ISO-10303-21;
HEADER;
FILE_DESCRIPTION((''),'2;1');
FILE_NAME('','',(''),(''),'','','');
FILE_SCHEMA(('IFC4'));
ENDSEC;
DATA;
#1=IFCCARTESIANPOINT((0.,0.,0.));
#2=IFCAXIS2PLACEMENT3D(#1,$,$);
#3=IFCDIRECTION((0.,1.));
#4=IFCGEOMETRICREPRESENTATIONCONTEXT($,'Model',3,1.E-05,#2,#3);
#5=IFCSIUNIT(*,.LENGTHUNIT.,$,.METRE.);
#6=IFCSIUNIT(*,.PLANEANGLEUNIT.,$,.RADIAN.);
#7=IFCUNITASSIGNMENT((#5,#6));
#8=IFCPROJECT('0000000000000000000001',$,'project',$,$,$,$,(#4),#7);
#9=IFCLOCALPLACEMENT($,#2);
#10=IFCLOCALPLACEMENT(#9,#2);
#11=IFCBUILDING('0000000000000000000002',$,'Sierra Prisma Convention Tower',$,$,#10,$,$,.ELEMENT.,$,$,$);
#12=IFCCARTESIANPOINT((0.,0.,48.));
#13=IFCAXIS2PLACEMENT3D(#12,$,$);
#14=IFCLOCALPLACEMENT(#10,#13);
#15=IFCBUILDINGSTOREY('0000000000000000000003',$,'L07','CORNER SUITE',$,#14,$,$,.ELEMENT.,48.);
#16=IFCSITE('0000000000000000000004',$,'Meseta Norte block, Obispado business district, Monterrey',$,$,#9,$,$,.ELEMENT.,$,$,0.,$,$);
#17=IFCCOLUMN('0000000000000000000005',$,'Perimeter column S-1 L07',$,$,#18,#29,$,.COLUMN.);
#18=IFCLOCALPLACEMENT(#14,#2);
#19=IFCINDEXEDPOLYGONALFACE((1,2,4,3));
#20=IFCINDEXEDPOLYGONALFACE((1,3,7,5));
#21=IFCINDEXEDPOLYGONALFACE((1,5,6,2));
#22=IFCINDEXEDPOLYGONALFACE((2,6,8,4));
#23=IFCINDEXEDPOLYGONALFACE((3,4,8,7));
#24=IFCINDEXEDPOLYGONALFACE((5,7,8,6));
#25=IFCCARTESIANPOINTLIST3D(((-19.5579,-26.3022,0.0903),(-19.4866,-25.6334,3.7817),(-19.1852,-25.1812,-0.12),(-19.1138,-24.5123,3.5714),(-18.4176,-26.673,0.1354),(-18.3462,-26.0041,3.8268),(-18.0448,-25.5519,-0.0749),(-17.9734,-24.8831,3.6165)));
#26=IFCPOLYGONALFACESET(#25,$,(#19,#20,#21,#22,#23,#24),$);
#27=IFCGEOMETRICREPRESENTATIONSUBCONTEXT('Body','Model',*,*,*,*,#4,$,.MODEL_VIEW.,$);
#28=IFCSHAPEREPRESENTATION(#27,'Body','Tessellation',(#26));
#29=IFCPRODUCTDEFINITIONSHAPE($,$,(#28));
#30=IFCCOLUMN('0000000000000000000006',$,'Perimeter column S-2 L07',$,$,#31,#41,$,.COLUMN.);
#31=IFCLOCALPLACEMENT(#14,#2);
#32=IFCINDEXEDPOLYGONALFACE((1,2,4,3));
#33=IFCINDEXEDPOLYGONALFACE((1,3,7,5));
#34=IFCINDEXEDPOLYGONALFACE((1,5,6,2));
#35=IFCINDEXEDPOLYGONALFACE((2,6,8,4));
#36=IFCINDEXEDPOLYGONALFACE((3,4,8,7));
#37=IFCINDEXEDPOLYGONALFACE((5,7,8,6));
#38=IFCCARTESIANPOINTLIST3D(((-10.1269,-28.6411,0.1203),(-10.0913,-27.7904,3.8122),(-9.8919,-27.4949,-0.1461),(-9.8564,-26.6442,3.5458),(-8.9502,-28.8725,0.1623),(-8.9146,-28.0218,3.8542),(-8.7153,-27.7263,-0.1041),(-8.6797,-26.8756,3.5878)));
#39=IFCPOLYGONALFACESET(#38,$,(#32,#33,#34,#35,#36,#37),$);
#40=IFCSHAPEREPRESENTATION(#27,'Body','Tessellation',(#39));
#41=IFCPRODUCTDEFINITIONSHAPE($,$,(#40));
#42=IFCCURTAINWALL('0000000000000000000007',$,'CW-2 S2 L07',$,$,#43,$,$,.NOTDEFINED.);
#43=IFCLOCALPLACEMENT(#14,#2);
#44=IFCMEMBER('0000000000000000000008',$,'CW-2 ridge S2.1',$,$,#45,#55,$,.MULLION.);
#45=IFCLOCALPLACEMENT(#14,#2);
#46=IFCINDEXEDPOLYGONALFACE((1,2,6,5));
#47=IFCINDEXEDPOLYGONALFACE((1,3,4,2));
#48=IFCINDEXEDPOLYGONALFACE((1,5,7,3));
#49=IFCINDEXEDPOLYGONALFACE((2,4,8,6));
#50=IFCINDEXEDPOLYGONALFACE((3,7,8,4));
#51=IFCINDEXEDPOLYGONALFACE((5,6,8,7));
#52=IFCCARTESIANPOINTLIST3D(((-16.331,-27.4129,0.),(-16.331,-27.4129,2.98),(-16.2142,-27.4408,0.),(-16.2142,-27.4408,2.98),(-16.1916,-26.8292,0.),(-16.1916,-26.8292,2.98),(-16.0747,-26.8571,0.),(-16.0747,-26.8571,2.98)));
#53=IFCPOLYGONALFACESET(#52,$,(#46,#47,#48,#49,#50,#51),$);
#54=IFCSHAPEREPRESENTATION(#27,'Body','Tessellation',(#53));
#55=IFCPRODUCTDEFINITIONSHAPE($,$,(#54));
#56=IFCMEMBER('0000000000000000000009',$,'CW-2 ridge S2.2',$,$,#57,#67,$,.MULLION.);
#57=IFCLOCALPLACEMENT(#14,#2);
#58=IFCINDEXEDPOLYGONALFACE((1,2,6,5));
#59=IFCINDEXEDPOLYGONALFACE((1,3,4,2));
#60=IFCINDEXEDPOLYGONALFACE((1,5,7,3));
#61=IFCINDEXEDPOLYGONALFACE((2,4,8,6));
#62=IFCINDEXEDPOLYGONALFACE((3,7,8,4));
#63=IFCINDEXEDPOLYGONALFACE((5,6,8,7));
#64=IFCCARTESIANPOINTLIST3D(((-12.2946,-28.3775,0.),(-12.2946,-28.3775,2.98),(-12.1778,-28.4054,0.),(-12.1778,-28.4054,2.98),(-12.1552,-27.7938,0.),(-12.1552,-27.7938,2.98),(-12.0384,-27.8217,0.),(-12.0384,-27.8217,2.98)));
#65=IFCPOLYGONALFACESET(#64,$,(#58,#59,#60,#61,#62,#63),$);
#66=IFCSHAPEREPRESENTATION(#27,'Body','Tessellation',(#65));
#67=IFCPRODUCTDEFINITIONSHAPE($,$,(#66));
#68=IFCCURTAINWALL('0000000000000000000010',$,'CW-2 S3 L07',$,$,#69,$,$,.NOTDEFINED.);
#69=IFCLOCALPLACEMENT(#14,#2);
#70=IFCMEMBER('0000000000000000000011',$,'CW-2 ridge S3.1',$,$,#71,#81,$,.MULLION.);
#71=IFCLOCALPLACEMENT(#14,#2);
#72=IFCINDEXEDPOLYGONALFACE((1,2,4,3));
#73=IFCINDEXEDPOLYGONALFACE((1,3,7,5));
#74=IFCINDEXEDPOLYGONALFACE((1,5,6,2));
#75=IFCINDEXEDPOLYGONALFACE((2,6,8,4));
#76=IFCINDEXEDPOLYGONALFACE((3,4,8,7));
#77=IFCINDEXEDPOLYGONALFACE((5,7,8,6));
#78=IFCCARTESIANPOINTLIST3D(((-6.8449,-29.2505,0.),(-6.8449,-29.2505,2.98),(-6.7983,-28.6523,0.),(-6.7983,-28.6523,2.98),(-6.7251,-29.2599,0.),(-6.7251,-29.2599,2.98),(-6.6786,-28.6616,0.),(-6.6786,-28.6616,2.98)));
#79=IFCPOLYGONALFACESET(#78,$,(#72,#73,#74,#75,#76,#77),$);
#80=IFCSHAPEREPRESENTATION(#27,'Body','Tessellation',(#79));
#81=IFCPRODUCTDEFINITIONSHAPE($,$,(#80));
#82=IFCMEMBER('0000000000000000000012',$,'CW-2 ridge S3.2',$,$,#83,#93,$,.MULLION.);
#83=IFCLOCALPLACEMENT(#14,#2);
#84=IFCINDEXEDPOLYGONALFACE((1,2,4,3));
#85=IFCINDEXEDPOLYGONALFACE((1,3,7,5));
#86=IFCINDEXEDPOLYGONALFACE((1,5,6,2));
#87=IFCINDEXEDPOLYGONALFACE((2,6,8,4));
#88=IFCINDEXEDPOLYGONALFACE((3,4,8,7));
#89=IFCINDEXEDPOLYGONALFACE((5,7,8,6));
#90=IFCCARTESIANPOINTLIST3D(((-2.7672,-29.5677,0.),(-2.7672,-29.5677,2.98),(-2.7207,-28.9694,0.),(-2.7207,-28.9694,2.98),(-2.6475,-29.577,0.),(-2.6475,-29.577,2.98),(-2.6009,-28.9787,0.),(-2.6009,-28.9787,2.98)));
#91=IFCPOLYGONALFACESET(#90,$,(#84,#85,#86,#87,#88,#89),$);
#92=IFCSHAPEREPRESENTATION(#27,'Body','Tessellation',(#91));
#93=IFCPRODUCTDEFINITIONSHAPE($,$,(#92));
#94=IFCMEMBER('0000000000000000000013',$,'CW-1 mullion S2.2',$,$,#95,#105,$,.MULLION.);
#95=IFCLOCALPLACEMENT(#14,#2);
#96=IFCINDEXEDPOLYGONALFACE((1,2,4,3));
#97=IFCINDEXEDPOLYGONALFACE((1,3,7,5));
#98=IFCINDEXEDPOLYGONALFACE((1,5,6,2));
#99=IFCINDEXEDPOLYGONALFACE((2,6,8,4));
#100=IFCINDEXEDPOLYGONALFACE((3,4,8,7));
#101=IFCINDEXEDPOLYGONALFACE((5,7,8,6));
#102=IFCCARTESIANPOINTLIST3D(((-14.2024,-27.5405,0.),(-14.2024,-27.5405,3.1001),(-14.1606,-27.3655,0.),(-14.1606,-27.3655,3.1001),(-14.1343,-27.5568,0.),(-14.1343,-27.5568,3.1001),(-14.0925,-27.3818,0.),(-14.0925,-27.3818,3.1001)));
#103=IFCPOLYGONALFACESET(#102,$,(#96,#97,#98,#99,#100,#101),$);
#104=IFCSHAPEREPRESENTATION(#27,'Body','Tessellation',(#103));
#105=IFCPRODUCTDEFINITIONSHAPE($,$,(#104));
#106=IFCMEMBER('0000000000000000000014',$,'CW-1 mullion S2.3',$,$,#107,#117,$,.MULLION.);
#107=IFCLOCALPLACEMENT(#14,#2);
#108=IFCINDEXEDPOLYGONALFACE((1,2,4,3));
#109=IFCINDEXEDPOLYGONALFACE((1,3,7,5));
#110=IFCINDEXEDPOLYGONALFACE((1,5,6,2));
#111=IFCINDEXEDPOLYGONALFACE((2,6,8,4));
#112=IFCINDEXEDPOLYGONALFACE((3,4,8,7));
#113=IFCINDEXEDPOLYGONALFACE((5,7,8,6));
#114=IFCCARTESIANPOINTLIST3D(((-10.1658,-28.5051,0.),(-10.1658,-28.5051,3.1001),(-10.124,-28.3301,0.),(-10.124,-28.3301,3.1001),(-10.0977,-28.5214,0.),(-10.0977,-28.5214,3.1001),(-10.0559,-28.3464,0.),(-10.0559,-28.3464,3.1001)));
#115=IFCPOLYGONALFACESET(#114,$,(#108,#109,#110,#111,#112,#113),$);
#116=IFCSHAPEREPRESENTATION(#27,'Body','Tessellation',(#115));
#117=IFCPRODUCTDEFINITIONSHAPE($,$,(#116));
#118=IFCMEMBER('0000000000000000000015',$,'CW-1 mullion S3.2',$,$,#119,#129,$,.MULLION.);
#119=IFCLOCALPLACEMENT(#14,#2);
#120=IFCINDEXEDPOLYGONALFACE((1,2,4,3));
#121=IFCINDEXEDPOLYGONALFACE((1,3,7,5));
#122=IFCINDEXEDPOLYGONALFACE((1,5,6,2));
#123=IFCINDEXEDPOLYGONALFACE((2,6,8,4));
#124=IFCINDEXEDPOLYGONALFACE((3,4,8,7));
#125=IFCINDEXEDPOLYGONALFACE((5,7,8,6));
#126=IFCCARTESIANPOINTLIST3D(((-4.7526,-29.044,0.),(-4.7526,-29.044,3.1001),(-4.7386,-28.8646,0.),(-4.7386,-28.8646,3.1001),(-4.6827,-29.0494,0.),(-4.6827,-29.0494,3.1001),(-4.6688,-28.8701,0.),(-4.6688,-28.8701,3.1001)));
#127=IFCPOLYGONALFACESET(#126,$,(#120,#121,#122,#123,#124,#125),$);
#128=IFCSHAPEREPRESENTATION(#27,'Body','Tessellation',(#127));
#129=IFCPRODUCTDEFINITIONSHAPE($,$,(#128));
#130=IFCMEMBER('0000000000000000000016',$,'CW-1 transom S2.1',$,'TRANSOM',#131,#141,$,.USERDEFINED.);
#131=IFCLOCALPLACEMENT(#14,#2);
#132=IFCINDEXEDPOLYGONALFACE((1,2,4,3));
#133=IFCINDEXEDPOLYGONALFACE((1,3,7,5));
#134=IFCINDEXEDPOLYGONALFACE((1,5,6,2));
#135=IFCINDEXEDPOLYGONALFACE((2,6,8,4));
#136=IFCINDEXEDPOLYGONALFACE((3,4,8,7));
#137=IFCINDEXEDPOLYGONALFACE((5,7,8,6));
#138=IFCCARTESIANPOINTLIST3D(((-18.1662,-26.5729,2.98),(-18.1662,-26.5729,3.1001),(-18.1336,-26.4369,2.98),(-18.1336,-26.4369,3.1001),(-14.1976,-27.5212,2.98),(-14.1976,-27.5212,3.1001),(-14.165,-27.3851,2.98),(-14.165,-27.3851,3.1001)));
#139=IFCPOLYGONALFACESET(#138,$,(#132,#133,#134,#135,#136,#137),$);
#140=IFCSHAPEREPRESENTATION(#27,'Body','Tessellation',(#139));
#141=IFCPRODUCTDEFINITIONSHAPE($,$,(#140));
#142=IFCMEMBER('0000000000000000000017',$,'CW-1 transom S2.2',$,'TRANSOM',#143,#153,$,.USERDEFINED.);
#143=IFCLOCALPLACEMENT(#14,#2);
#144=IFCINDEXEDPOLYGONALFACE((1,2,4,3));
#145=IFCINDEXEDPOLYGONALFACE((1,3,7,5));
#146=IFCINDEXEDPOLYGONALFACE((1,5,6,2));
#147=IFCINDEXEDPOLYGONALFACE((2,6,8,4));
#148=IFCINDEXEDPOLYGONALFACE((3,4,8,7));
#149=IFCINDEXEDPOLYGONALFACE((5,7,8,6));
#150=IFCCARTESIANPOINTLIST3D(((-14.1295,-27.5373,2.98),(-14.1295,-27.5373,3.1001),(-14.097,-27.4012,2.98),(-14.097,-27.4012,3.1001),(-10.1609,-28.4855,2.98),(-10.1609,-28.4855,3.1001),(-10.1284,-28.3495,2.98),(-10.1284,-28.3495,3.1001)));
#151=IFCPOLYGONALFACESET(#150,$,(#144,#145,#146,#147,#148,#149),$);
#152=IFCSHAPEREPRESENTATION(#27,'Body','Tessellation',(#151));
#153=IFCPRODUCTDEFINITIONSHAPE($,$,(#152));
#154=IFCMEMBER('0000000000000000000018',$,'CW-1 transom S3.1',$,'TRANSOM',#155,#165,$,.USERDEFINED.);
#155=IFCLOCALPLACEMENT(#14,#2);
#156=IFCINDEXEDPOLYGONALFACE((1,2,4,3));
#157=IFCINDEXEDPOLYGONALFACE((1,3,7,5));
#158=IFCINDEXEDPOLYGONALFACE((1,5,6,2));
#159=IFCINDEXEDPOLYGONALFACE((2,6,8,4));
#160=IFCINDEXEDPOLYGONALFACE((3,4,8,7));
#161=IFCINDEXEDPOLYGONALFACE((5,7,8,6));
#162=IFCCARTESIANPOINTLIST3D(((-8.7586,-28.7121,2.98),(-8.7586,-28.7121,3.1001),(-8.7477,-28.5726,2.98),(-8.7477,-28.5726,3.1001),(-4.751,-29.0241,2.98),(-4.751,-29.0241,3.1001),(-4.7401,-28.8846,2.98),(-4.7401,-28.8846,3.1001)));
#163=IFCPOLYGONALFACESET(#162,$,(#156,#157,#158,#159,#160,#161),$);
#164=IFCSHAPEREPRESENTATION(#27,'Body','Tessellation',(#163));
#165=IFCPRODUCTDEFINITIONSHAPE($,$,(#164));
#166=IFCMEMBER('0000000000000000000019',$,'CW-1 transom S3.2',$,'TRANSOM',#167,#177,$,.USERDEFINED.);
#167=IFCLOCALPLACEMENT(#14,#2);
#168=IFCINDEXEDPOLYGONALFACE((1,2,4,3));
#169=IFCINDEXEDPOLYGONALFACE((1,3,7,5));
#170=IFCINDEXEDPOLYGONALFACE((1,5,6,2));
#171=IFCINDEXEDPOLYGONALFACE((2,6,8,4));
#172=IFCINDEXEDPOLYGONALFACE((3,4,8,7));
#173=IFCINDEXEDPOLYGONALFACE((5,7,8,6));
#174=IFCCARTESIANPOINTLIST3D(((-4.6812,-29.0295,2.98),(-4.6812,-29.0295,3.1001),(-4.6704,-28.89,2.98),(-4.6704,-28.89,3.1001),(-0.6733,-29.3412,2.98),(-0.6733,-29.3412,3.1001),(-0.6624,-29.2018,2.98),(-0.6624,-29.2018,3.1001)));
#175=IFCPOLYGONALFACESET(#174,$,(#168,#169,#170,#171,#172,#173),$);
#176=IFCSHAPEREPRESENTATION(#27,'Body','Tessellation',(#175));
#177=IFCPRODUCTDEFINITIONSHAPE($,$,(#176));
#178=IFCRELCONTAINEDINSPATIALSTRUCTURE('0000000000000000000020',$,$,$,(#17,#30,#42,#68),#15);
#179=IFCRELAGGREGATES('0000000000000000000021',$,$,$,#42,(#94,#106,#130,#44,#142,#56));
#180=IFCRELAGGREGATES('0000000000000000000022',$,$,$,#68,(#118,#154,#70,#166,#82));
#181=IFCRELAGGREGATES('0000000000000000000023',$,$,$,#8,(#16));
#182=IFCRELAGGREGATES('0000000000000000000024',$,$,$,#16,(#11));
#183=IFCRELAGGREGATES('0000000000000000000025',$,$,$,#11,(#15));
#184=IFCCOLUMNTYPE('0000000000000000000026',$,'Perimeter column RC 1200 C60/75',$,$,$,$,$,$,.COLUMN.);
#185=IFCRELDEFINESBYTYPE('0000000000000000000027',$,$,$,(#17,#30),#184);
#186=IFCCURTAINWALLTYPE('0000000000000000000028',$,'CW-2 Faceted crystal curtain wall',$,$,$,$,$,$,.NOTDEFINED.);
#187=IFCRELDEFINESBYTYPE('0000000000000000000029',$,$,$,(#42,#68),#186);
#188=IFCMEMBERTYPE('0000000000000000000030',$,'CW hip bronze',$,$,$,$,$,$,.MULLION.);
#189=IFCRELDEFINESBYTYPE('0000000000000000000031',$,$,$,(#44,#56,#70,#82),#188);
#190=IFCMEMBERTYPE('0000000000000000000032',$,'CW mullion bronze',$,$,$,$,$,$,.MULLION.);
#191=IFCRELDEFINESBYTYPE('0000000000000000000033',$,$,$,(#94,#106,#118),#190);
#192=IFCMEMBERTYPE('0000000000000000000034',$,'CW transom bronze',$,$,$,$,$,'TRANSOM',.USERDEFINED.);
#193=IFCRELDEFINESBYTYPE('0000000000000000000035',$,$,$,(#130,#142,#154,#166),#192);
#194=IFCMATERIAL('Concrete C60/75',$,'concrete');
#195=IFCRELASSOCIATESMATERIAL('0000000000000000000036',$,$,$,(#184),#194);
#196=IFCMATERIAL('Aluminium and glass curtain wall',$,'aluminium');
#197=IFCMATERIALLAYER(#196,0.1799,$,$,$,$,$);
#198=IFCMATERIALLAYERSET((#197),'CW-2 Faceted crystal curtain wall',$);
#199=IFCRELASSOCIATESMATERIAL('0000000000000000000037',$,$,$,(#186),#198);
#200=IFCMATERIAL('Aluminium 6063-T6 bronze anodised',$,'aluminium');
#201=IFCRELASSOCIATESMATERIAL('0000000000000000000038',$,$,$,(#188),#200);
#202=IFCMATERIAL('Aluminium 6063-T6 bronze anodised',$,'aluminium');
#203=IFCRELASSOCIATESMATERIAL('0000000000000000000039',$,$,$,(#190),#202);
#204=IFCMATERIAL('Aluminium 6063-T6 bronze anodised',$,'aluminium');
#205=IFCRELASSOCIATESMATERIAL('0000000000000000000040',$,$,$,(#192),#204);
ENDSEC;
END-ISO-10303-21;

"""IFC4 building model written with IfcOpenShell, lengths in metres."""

from ifc_helpers import new_model, si_unit, direction, frame, origin, origin_2d, place, context, subcontext, project, spatial, rectangle, extrude, clip, halfspace, material, layer, layer_set, material_profile, profile_set, type_object, element, aggregate, save


model = new_model("IFC4")

# Units and contexts
model_context = context("Model", 3, precision=1e-05, world=origin(), true_north=direction((0.0, 1.0)))
body_context = subcontext(model_context, "Body", "Model", "MODEL_VIEW")
ifc_project = project(units=[si_unit("LENGTHUNIT", "METRE"), si_unit("PLANEANGLEUNIT", "RADIAN")], contexts=[model_context])

# Site, building, storey
site_placement = place(None, origin())
site = spatial("IfcSite", under=ifc_project, at=site_placement, Name="Meseta Norte block, Obispado business district, Monterrey", CompositionType="ELEMENT", RefElevation=0.0)
building_placement = place(site_placement, origin())
building = spatial("IfcBuilding", under=site, at=building_placement, Name="Sierra Prisma Convention Tower", CompositionType="ELEMENT")
storey_placement = place(building_placement, frame((0.0, 0.0, 48.0)))
storey = spatial("IfcBuildingStorey", under=building, at=storey_placement, Name="L07", Description="CORNER SUITE", CompositionType="ELEMENT", Elevation=48.0)

# Columns
ifc_material_1 = material(Name="Concrete C60/75", Category="concrete")
ifc_material_profile_1 = material_profile(ifc_material_1, rectangle(XDim=1.2, YDim=1.2, at=origin_2d()), Name="Perimeter column RC 1200 C60/75")
ifc_profile_set_1 = profile_set([ifc_material_profile_1], Name="Concrete C60/75")
column_type = type_object("IfcColumnType", Name="Perimeter column RC 1200 C60/75", PredefinedType="COLUMN", material=ifc_profile_set_1)
column_1_placement = place(storey_placement, frame((-18.8015, -25.9285, 0.0), z_axis=(0.01902, 0.178259, 0.9838), x_axis=(-0.950332, 0.308956, -0.037608)))
element("IfcColumn", 1, at=column_1_placement, inside=storey, type_object=column_type, Name="Perimeter column S-1 L07", PredefinedType="COLUMN", context=body_context, shape_type="SweptSolid", body=[
    clip(clip(extrude(rectangle(XDim=1.2, YDim=1.2, at=origin_2d()), origin(), (0.0, 0.0, 1.0), 3.761), halfspace(frame((0.0, 0.0, 0.0078)), True)), halfspace(frame((0.0, 0.0, 3.76)), False)),
])
column_2_placement = place(storey_placement, frame((-9.4211, -28.1855, 0.0), z_axis=(0.009387, 0.224526, 0.974423), x_axis=(0.980606, -0.192843, 0.034988)))
element("IfcColumn", 2, at=column_2_placement, inside=storey, type_object=column_type, Name="Perimeter column S-2 L07", PredefinedType="COLUMN", context=body_context, shape_type="SweptSolid", body=[
    clip(extrude(rectangle(XDim=1.2, YDim=1.2, at=origin_2d()), origin(), (0.0, 0.0, 1.0), 3.7971), halfspace(frame((0.0, 0.0, 0.0083)), True)),
])

# Curtain walls, members
ifc_material_2 = material(Name="Aluminium and glass curtain wall", Category="aluminium")
ifc_layer_1 = layer(ifc_material_2, 0.1799)
ifc_layer_set_1 = layer_set([ifc_layer_1], Name="CW-2 Faceted crystal curtain wall")
curtain_wall_type = type_object("IfcCurtainWallType", Name="CW-2 Faceted crystal curtain wall", PredefinedType="NOTDEFINED", material=ifc_layer_set_1)
curtain_wall_1_placement = place(storey_placement, origin())
curtain_wall_1 = element("IfcCurtainWall", 3, at=curtain_wall_1_placement, inside=storey, type_object=curtain_wall_type, Name="CW-2 S2 L07", PredefinedType="NOTDEFINED")
ifc_material_3 = material(Name="Aluminium 6063-T6 bronze anodised", Category="aluminium")
ifc_material_profile_2 = material_profile(ifc_material_3, rectangle(XDim=0.1201, YDim=0.6001, at=origin_2d()), Name="ALU RIDGE BLADE 120x600")
ifc_profile_set_2 = profile_set([ifc_material_profile_2], Name="Aluminium 6063-T6 bronze anodised")
member_type_1 = type_object("IfcMemberType", Name="CW hip bronze", PredefinedType="MULLION", material=ifc_profile_set_2)
member_1_placement = place(storey_placement, frame((-16.2029, -27.135, 0.0), z_axis=(0.0, 0.0, 1.0), x_axis=(0.97262, -0.232401, 0.0)))
member_1 = element("IfcMember", 4, at=member_1_placement, type_object=member_type_1, Name="CW-2 ridge S2.1", PredefinedType="MULLION", context=body_context, shape_type="SweptSolid", body=[
    extrude(rectangle(XDim=0.1201, YDim=0.6001, at=origin_2d()), origin(), (0.0, 0.0, 1.0), 2.98),
])
member_2_placement = place(storey_placement, frame((-12.1665, -28.0996, 0.0), z_axis=(0.0, 0.0, 1.0), x_axis=(0.97262, -0.232401, 0.0)))
member_2 = element("IfcMember", 5, at=member_2_placement, type_object=member_type_1, Name="CW-2 ridge S2.2", PredefinedType="MULLION", context=body_context, shape_type="SweptSolid", body=[
    extrude(rectangle(XDim=0.1201, YDim=0.6001, at=origin_2d()), origin(), (0.0, 0.0, 1.0), 2.98),
])
curtain_wall_2_placement = place(storey_placement, origin())
curtain_wall_2 = element("IfcCurtainWall", 6, at=curtain_wall_2_placement, inside=storey, type_object=curtain_wall_type, Name="CW-2 S3 L07", PredefinedType="NOTDEFINED")
member_3_placement = place(storey_placement, frame((-6.7617, -28.9561, 0.0), z_axis=(0.0, 0.0, 1.0), x_axis=(0.996987, -0.077569, 0.0)))
member_3 = element("IfcMember", 7, at=member_3_placement, type_object=member_type_1, Name="CW-2 ridge S3.1", PredefinedType="MULLION", context=body_context, shape_type="SweptSolid", body=[
    extrude(rectangle(XDim=0.1201, YDim=0.6001, at=origin_2d()), origin(), (0.0, 0.0, 1.0), 2.98),
])
member_4_placement = place(storey_placement, frame((-2.6841, -29.2732, 0.0), z_axis=(0.0, 0.0, 1.0), x_axis=(0.996987, -0.077569, 0.0)))
member_4 = element("IfcMember", 8, at=member_4_placement, type_object=member_type_1, Name="CW-2 ridge S3.2", PredefinedType="MULLION", context=body_context, shape_type="SweptSolid", body=[
    extrude(rectangle(XDim=0.1201, YDim=0.6001, at=origin_2d()), origin(), (0.0, 0.0, 1.0), 2.98),
])

# Members
ifc_material_4 = material(Name="Aluminium 6063-T6 bronze anodised", Category="aluminium")
ifc_material_profile_3 = material_profile(ifc_material_4, rectangle(XDim=0.1799, YDim=0.0701, at=origin_2d()), Name="ALU MULLION 70x180")
ifc_profile_set_3 = profile_set([ifc_material_profile_3], Name="Aluminium 6063-T6 bronze anodised")
member_type_2 = type_object("IfcMemberType", Name="CW mullion bronze", PredefinedType="MULLION", material=ifc_profile_set_3)
member_5_placement = place(storey_placement, frame((-14.1475, -27.4612, 0.0), z_axis=(0.0, 0.0, 1.0), x_axis=(0.232401, 0.97262, 0.0)))
member_5 = element("IfcMember", 9, at=member_5_placement, type_object=member_type_2, Name="CW-1 mullion S2.2", PredefinedType="MULLION", context=body_context, shape_type="SweptSolid", body=[
    extrude(rectangle(XDim=0.1799, YDim=0.0701, at=origin_2d()), origin(), (0.0, 0.0, 1.0), 3.1001),
])
member_6_placement = place(storey_placement, frame((-10.1108, -28.4258, 0.0), z_axis=(0.0, 0.0, 1.0), x_axis=(0.232401, 0.97262, 0.0)))
member_6 = element("IfcMember", 10, at=member_6_placement, type_object=member_type_2, Name="CW-1 mullion S2.3", PredefinedType="MULLION", context=body_context, shape_type="SweptSolid", body=[
    extrude(rectangle(XDim=0.1799, YDim=0.0701, at=origin_2d()), origin(), (0.0, 0.0, 1.0), 3.1001),
])
member_7_placement = place(storey_placement, frame((-4.7107, -28.957, 0.0), z_axis=(0.0, 0.0, 1.0), x_axis=(0.077569, 0.996987, 0.0)))
member_7 = element("IfcMember", 11, at=member_7_placement, type_object=member_type_2, Name="CW-1 mullion S3.2", PredefinedType="MULLION", context=body_context, shape_type="SweptSolid", body=[
    extrude(rectangle(XDim=0.1799, YDim=0.0701, at=origin_2d()), origin(), (0.0, 0.0, 1.0), 3.1001),
])
ifc_material_5 = material(Name="Aluminium 6063-T6 bronze anodised", Category="aluminium")
ifc_material_profile_4 = material_profile(ifc_material_5, rectangle(XDim=0.1399, YDim=0.1201, at=origin_2d()), Name="ALU TRANSOM 120x140")
ifc_profile_set_4 = profile_set([ifc_material_profile_4], Name="Aluminium 6063-T6 bronze anodised")
member_type_3 = type_object("IfcMemberType", Name="CW transom bronze", ElementType="TRANSOM", PredefinedType="USERDEFINED", material=ifc_profile_set_4)
member_8_placement = place(storey_placement, frame((-18.1499, -26.5049, 3.04), z_axis=(0.97262, -0.2324, 0.0), x_axis=(0.2324, 0.97262, 0.0)))
member_8 = element("IfcMember", 12, at=member_8_placement, type_object=member_type_3, Name="CW-1 transom S2.1", ObjectType="TRANSOM", PredefinedType="USERDEFINED", context=body_context, shape_type="SweptSolid", body=[
    extrude(rectangle(XDim=0.1399, YDim=0.1201, at=origin_2d()), origin(), (0.0, 0.0, 1.0), 4.0803),
])
member_9_placement = place(storey_placement, frame((-14.1133, -27.4692, 3.04), z_axis=(0.97262, -0.2324, 0.0), x_axis=(0.2324, 0.97262, 0.0)))
member_9 = element("IfcMember", 13, at=member_9_placement, type_object=member_type_3, Name="CW-1 transom S2.2", ObjectType="TRANSOM", PredefinedType="USERDEFINED", context=body_context, shape_type="SweptSolid", body=[
    extrude(rectangle(XDim=0.1399, YDim=0.1201, at=origin_2d()), origin(), (0.0, 0.0, 1.0), 4.0803),
])
member_10_placement = place(storey_placement, frame((-8.7532, -28.6423, 3.04), z_axis=(0.996983, -0.077621, 0.0), x_axis=(0.077621, 0.996983, 0.0)))
member_10 = element("IfcMember", 14, at=member_10_placement, type_object=member_type_3, Name="CW-1 transom S3.1", ObjectType="TRANSOM", PredefinedType="USERDEFINED", context=body_context, shape_type="SweptSolid", body=[
    extrude(rectangle(XDim=0.1399, YDim=0.1201, at=origin_2d()), origin(), (0.0, 0.0, 1.0), 4.0198),
])
member_11_placement = place(storey_placement, frame((-4.6758, -28.9597, 3.04), z_axis=(0.996988, -0.077556, 0.0), x_axis=(0.077556, 0.996988, 0.0)))
member_11 = element("IfcMember", 15, at=member_11_placement, type_object=member_type_3, Name="CW-1 transom S3.2", ObjectType="TRANSOM", PredefinedType="USERDEFINED", context=body_context, shape_type="SweptSolid", body=[
    extrude(rectangle(XDim=0.1399, YDim=0.1201, at=origin_2d()), origin(), (0.0, 0.0, 1.0), 4.02),
])

aggregate(curtain_wall_1, [member_5, member_6, member_8, member_1, member_9, member_2])
aggregate(curtain_wall_2, [member_7, member_10, member_3, member_11, member_4])

save(model, "model.ifc")
